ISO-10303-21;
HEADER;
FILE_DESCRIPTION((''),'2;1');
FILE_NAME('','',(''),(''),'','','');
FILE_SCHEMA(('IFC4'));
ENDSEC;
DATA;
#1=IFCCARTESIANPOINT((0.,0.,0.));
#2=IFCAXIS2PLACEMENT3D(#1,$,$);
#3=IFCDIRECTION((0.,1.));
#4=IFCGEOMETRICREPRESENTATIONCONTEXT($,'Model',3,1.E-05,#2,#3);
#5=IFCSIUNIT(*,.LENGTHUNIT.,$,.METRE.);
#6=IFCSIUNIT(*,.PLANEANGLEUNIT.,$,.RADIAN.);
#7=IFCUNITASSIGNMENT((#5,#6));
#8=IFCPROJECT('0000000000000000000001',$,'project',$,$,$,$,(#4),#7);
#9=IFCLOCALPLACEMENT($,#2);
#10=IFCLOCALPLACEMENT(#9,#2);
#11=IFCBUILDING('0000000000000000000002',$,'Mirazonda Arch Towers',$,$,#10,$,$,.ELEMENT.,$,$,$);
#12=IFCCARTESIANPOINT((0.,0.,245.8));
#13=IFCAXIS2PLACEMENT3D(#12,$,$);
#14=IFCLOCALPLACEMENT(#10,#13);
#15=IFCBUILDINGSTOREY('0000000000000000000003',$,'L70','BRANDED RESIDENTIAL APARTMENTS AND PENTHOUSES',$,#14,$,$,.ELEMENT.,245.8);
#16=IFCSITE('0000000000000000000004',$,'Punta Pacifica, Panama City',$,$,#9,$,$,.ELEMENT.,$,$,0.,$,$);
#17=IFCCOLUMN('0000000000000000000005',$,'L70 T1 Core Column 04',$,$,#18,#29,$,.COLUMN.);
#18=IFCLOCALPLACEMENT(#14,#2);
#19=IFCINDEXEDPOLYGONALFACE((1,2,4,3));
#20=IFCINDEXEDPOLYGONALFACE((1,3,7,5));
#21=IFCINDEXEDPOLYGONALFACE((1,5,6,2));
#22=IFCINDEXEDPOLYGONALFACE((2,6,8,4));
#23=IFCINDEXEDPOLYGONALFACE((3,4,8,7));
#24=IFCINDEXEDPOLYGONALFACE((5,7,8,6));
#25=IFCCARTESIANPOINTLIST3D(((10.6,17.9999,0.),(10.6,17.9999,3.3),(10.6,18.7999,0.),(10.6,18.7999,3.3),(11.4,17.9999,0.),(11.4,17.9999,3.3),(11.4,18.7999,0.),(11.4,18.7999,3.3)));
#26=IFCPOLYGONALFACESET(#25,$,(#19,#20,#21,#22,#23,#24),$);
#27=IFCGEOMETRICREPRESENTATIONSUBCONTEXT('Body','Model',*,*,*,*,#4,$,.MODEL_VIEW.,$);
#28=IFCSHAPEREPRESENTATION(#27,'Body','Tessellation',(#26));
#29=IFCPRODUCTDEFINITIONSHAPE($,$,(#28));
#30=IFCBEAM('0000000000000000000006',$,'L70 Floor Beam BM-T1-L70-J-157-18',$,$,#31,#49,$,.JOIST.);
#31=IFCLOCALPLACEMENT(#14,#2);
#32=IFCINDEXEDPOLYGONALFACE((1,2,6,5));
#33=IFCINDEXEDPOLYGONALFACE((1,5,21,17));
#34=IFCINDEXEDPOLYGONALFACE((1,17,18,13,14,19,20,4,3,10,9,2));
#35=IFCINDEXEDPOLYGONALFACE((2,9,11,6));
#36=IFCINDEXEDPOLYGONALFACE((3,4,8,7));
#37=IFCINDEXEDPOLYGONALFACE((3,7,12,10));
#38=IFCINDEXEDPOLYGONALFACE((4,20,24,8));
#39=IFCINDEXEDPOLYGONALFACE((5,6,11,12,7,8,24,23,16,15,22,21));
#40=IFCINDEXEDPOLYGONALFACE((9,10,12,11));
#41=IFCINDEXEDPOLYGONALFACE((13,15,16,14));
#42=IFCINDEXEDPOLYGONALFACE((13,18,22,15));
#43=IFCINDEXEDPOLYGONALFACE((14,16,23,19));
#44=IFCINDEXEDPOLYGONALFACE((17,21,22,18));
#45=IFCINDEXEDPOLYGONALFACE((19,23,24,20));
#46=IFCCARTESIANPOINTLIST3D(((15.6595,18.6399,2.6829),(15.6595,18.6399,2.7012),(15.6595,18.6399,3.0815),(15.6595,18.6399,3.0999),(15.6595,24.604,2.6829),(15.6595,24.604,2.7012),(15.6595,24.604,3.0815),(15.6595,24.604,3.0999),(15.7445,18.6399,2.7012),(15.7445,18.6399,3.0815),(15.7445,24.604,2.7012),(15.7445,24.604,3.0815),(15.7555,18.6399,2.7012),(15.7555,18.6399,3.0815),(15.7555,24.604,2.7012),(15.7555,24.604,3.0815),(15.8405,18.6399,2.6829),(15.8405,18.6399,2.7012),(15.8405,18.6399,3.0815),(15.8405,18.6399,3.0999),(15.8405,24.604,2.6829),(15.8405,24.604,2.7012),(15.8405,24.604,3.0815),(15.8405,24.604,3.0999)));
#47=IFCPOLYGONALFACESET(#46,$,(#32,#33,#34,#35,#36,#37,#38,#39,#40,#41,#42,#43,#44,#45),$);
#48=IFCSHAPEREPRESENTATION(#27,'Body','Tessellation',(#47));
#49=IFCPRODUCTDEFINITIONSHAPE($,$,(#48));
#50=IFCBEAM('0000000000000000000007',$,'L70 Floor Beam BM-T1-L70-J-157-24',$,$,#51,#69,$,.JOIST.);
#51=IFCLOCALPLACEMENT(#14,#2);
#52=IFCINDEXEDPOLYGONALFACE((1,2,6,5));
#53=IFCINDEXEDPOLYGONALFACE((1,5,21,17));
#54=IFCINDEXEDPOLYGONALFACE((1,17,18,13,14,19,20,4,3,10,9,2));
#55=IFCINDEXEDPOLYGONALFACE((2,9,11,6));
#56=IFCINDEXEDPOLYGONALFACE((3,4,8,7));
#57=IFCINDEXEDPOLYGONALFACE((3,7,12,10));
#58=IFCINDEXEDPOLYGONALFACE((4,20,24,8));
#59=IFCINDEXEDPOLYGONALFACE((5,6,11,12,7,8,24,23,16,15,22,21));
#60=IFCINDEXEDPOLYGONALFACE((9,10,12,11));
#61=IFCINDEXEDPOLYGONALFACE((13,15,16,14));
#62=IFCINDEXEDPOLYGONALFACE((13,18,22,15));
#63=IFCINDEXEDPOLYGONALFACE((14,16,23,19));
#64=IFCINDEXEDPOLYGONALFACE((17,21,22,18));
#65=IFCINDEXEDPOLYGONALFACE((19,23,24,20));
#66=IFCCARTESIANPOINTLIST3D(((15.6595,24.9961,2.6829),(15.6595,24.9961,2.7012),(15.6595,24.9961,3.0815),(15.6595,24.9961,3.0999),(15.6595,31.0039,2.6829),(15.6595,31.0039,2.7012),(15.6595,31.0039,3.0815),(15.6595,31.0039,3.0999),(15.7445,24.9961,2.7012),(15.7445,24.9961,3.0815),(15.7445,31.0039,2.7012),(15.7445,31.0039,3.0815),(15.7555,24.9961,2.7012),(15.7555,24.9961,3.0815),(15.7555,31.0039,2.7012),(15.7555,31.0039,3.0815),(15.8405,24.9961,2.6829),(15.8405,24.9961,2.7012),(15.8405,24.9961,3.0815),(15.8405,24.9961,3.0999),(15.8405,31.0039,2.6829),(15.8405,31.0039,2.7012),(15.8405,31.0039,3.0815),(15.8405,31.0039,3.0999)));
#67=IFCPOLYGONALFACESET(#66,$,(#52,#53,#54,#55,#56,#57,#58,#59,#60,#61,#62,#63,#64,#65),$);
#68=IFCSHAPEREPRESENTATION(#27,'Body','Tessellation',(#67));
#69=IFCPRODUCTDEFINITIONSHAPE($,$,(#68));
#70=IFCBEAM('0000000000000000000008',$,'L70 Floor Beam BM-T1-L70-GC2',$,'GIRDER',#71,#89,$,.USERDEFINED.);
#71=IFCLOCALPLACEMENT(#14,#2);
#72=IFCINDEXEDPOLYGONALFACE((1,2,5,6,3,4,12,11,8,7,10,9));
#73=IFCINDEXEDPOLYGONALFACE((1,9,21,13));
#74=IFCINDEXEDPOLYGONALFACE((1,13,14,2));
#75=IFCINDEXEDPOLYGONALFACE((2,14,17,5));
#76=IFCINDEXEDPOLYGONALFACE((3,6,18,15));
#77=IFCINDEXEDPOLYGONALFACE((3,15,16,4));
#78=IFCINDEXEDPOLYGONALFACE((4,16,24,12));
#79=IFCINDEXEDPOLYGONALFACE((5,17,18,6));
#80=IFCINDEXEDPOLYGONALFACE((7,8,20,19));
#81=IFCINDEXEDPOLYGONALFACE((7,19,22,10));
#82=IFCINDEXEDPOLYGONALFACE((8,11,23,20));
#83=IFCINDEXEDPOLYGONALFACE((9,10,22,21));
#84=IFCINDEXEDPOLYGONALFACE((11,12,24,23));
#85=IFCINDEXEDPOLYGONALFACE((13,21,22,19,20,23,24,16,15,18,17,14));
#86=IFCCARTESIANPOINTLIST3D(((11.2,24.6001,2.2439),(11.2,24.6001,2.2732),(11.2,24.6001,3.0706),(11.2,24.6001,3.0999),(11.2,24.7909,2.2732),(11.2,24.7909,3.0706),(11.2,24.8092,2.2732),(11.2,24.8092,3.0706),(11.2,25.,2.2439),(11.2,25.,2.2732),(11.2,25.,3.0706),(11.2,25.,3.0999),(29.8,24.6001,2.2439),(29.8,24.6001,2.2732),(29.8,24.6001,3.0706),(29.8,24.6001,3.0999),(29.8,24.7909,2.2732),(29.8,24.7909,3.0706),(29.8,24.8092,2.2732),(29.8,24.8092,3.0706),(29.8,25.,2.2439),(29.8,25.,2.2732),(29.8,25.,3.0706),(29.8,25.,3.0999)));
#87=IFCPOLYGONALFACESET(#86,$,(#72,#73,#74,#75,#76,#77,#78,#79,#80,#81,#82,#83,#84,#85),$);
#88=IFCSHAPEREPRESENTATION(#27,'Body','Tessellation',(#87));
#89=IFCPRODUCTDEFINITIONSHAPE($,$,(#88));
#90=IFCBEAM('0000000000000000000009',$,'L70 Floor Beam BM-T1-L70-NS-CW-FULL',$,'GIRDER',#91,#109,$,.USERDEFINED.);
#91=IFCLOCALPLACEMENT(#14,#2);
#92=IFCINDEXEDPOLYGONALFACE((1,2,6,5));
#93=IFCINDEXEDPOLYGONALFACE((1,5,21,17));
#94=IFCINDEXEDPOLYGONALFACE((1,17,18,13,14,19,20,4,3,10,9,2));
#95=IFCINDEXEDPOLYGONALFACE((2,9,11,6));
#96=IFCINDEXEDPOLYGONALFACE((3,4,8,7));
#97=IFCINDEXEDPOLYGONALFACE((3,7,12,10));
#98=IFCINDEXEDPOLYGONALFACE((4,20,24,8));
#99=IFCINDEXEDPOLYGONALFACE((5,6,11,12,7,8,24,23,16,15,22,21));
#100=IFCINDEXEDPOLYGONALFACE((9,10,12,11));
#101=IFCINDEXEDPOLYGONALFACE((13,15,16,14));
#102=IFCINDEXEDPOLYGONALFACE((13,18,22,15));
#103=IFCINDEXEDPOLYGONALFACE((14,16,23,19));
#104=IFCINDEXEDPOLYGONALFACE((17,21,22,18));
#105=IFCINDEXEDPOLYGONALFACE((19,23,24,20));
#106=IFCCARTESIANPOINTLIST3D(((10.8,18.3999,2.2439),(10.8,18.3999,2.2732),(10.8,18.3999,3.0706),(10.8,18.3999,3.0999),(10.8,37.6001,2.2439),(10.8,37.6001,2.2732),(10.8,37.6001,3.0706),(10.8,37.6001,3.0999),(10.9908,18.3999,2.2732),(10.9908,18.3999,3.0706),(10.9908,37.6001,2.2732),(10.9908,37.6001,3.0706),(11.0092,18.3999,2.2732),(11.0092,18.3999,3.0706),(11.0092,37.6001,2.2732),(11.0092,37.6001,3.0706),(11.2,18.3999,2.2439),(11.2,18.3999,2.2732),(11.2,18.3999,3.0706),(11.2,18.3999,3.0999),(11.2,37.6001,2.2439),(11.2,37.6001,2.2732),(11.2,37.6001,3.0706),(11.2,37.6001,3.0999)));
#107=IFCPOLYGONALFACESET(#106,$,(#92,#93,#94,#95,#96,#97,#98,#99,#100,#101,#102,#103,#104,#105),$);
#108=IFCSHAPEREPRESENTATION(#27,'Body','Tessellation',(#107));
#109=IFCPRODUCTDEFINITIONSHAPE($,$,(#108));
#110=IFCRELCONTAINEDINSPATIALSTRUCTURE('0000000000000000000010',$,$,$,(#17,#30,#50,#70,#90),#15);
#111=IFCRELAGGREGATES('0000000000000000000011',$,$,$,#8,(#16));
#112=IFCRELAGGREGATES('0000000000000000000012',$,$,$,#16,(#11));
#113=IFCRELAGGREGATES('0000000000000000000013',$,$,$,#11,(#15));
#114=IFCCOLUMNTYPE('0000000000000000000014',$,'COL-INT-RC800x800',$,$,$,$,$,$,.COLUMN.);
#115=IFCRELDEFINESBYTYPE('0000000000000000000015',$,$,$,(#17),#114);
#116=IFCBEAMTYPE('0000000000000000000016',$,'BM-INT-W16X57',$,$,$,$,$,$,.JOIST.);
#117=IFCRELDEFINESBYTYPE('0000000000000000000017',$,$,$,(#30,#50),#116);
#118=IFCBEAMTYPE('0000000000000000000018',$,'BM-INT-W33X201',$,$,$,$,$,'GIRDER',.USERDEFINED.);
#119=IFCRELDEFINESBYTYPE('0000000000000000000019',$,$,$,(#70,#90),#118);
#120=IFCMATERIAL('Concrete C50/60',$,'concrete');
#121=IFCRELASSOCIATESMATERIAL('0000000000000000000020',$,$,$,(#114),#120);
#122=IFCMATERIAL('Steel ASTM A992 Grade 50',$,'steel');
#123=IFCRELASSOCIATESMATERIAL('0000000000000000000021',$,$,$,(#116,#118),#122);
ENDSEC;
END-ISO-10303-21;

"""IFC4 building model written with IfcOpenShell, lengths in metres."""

from ifc_helpers import new_model, si_unit, direction, frame, origin, origin_2d, place, context, subcontext, project, spatial, rectangle, i_section, extrude, material, material_profile, profile_set, type_object, element, save


model = new_model("IFC4")

# Units and contexts
model_context = context("Model", 3, precision=1e-05, world=origin(), true_north=direction((0.0, 1.0)))
body_context = subcontext(model_context, "Body", "Model", "MODEL_VIEW")
ifc_project = project(units=[si_unit("LENGTHUNIT", "METRE"), si_unit("PLANEANGLEUNIT", "RADIAN")], contexts=[model_context])

# Site, building, storey
site_placement = place(None, origin())
site = spatial("IfcSite", under=ifc_project, at=site_placement, Name="Punta Pacifica, Panama City", CompositionType="ELEMENT", RefElevation=0.0)
building_placement = place(site_placement, origin())
building = spatial("IfcBuilding", under=site, at=building_placement, Name="Mirazonda Arch Towers", CompositionType="ELEMENT")
storey_placement = place(building_placement, frame((0.0, 0.0, 245.8)))
storey = spatial("IfcBuildingStorey", under=building, at=storey_placement, Name="L70", Description="BRANDED RESIDENTIAL APARTMENTS AND PENTHOUSES", CompositionType="ELEMENT", Elevation=245.8)

# Column
ifc_material_1 = material(Name="Concrete C50/60", Category="concrete")
ifc_material_profile_1 = material_profile(ifc_material_1, rectangle(XDim=0.8, YDim=0.8, at=origin_2d()), Name="RC800x800")
ifc_profile_set_1 = profile_set([ifc_material_profile_1], Name="Concrete C50/60")
column_type = type_object("IfcColumnType", Name="COL-INT-RC800x800", PredefinedType="COLUMN", material=ifc_profile_set_1)
column_placement = place(storey_placement, frame((11.0, 18.3999, 0.0), z_axis=(0.0, 0.0, 1.0), x_axis=(1.0, 0.0, 0.0)))
element("IfcColumn", 1, at=column_placement, inside=storey, type_object=column_type, Name="L70 T1 Core Column 04", PredefinedType="COLUMN", context=body_context, shape_type="SweptSolid", body=[
    extrude(rectangle(XDim=0.8, YDim=0.8, at=origin_2d()), origin(), (0.0, 0.0, 1.0), 3.3),
])

# Beams
ifc_material_2 = material(Name="Steel ASTM A992 Grade 50", Category="steel")
ifc_material_profile_2 = material_profile(ifc_material_2, i_section(OverallWidth=0.1809, OverallDepth=0.417, WebThickness=0.011, FlangeThickness=0.0183, at=origin_2d()), Name="W16X57")
ifc_profile_set_2 = profile_set([ifc_material_profile_2], Name="Steel ASTM A992 Grade 50")
beam_type_1 = type_object("IfcBeamType", Name="BM-INT-W16X57", PredefinedType="JOIST", material=ifc_profile_set_2)
beam_1_placement = place(storey_placement, frame((15.75, 18.6399, 2.8914), z_axis=(0.0, 1.0, 0.0), x_axis=(-1.0, 0.0, 0.0)))
element("IfcBeam", 2, at=beam_1_placement, inside=storey, type_object=beam_type_1, Name="L70 Floor Beam BM-T1-L70-J-157-18", PredefinedType="JOIST", context=body_context, shape_type="SweptSolid", body=[
    extrude(i_section(OverallWidth=0.1809, OverallDepth=0.417, WebThickness=0.011, FlangeThickness=0.0183, at=origin_2d()), origin(), (0.0, 0.0, 1.0), 5.9641),
])
beam_2_placement = place(storey_placement, frame((15.75, 24.9961, 2.8914), z_axis=(0.0, 1.0, 0.0), x_axis=(-1.0, 0.0, 0.0)))
element("IfcBeam", 3, at=beam_2_placement, inside=storey, type_object=beam_type_1, Name="L70 Floor Beam BM-T1-L70-J-157-24", PredefinedType="JOIST", context=body_context, shape_type="SweptSolid", body=[
    extrude(i_section(OverallWidth=0.1809, OverallDepth=0.417, WebThickness=0.011, FlangeThickness=0.0183, at=origin_2d()), origin(), (0.0, 0.0, 1.0), 6.0078),
])
ifc_material_profile_3 = material_profile(ifc_material_2, i_section(OverallWidth=0.3999, OverallDepth=0.856, WebThickness=0.0183, FlangeThickness=0.0293, at=origin_2d()), Name="W33X201")
ifc_profile_set_3 = profile_set([ifc_material_profile_3], Name="Steel ASTM A992 Grade 50")
beam_type_2 = type_object("IfcBeamType", Name="BM-INT-W33X201", ElementType="GIRDER", PredefinedType="USERDEFINED", material=ifc_profile_set_3)
beam_3_placement = place(storey_placement, frame((11.2, 24.8, 2.6719), z_axis=(1.0, 0.0, 0.0), x_axis=(0.0, 1.0, 0.0)))
element("IfcBeam", 4, at=beam_3_placement, inside=storey, type_object=beam_type_2, Name="L70 Floor Beam BM-T1-L70-GC2", ObjectType="GIRDER", PredefinedType="USERDEFINED", context=body_context, shape_type="SweptSolid", body=[
    extrude(i_section(OverallWidth=0.3999, OverallDepth=0.856, WebThickness=0.0183, FlangeThickness=0.0293, at=origin_2d()), origin(), (0.0, 0.0, 1.0), 18.6001),
])
beam_4_placement = place(storey_placement, frame((11.0, 18.3999, 2.6719), z_axis=(0.0, 1.0, 0.0), x_axis=(-1.0, 0.0, 0.0)))
element("IfcBeam", 5, at=beam_4_placement, inside=storey, type_object=beam_type_2, Name="L70 Floor Beam BM-T1-L70-NS-CW-FULL", ObjectType="GIRDER", PredefinedType="USERDEFINED", context=body_context, shape_type="SweptSolid", body=[
    extrude(i_section(OverallWidth=0.3999, OverallDepth=0.856, WebThickness=0.0183, FlangeThickness=0.0293, at=origin_2d()), origin(), (0.0, 0.0, 1.0), 19.2002),
])

save(model, "model.ifc")
